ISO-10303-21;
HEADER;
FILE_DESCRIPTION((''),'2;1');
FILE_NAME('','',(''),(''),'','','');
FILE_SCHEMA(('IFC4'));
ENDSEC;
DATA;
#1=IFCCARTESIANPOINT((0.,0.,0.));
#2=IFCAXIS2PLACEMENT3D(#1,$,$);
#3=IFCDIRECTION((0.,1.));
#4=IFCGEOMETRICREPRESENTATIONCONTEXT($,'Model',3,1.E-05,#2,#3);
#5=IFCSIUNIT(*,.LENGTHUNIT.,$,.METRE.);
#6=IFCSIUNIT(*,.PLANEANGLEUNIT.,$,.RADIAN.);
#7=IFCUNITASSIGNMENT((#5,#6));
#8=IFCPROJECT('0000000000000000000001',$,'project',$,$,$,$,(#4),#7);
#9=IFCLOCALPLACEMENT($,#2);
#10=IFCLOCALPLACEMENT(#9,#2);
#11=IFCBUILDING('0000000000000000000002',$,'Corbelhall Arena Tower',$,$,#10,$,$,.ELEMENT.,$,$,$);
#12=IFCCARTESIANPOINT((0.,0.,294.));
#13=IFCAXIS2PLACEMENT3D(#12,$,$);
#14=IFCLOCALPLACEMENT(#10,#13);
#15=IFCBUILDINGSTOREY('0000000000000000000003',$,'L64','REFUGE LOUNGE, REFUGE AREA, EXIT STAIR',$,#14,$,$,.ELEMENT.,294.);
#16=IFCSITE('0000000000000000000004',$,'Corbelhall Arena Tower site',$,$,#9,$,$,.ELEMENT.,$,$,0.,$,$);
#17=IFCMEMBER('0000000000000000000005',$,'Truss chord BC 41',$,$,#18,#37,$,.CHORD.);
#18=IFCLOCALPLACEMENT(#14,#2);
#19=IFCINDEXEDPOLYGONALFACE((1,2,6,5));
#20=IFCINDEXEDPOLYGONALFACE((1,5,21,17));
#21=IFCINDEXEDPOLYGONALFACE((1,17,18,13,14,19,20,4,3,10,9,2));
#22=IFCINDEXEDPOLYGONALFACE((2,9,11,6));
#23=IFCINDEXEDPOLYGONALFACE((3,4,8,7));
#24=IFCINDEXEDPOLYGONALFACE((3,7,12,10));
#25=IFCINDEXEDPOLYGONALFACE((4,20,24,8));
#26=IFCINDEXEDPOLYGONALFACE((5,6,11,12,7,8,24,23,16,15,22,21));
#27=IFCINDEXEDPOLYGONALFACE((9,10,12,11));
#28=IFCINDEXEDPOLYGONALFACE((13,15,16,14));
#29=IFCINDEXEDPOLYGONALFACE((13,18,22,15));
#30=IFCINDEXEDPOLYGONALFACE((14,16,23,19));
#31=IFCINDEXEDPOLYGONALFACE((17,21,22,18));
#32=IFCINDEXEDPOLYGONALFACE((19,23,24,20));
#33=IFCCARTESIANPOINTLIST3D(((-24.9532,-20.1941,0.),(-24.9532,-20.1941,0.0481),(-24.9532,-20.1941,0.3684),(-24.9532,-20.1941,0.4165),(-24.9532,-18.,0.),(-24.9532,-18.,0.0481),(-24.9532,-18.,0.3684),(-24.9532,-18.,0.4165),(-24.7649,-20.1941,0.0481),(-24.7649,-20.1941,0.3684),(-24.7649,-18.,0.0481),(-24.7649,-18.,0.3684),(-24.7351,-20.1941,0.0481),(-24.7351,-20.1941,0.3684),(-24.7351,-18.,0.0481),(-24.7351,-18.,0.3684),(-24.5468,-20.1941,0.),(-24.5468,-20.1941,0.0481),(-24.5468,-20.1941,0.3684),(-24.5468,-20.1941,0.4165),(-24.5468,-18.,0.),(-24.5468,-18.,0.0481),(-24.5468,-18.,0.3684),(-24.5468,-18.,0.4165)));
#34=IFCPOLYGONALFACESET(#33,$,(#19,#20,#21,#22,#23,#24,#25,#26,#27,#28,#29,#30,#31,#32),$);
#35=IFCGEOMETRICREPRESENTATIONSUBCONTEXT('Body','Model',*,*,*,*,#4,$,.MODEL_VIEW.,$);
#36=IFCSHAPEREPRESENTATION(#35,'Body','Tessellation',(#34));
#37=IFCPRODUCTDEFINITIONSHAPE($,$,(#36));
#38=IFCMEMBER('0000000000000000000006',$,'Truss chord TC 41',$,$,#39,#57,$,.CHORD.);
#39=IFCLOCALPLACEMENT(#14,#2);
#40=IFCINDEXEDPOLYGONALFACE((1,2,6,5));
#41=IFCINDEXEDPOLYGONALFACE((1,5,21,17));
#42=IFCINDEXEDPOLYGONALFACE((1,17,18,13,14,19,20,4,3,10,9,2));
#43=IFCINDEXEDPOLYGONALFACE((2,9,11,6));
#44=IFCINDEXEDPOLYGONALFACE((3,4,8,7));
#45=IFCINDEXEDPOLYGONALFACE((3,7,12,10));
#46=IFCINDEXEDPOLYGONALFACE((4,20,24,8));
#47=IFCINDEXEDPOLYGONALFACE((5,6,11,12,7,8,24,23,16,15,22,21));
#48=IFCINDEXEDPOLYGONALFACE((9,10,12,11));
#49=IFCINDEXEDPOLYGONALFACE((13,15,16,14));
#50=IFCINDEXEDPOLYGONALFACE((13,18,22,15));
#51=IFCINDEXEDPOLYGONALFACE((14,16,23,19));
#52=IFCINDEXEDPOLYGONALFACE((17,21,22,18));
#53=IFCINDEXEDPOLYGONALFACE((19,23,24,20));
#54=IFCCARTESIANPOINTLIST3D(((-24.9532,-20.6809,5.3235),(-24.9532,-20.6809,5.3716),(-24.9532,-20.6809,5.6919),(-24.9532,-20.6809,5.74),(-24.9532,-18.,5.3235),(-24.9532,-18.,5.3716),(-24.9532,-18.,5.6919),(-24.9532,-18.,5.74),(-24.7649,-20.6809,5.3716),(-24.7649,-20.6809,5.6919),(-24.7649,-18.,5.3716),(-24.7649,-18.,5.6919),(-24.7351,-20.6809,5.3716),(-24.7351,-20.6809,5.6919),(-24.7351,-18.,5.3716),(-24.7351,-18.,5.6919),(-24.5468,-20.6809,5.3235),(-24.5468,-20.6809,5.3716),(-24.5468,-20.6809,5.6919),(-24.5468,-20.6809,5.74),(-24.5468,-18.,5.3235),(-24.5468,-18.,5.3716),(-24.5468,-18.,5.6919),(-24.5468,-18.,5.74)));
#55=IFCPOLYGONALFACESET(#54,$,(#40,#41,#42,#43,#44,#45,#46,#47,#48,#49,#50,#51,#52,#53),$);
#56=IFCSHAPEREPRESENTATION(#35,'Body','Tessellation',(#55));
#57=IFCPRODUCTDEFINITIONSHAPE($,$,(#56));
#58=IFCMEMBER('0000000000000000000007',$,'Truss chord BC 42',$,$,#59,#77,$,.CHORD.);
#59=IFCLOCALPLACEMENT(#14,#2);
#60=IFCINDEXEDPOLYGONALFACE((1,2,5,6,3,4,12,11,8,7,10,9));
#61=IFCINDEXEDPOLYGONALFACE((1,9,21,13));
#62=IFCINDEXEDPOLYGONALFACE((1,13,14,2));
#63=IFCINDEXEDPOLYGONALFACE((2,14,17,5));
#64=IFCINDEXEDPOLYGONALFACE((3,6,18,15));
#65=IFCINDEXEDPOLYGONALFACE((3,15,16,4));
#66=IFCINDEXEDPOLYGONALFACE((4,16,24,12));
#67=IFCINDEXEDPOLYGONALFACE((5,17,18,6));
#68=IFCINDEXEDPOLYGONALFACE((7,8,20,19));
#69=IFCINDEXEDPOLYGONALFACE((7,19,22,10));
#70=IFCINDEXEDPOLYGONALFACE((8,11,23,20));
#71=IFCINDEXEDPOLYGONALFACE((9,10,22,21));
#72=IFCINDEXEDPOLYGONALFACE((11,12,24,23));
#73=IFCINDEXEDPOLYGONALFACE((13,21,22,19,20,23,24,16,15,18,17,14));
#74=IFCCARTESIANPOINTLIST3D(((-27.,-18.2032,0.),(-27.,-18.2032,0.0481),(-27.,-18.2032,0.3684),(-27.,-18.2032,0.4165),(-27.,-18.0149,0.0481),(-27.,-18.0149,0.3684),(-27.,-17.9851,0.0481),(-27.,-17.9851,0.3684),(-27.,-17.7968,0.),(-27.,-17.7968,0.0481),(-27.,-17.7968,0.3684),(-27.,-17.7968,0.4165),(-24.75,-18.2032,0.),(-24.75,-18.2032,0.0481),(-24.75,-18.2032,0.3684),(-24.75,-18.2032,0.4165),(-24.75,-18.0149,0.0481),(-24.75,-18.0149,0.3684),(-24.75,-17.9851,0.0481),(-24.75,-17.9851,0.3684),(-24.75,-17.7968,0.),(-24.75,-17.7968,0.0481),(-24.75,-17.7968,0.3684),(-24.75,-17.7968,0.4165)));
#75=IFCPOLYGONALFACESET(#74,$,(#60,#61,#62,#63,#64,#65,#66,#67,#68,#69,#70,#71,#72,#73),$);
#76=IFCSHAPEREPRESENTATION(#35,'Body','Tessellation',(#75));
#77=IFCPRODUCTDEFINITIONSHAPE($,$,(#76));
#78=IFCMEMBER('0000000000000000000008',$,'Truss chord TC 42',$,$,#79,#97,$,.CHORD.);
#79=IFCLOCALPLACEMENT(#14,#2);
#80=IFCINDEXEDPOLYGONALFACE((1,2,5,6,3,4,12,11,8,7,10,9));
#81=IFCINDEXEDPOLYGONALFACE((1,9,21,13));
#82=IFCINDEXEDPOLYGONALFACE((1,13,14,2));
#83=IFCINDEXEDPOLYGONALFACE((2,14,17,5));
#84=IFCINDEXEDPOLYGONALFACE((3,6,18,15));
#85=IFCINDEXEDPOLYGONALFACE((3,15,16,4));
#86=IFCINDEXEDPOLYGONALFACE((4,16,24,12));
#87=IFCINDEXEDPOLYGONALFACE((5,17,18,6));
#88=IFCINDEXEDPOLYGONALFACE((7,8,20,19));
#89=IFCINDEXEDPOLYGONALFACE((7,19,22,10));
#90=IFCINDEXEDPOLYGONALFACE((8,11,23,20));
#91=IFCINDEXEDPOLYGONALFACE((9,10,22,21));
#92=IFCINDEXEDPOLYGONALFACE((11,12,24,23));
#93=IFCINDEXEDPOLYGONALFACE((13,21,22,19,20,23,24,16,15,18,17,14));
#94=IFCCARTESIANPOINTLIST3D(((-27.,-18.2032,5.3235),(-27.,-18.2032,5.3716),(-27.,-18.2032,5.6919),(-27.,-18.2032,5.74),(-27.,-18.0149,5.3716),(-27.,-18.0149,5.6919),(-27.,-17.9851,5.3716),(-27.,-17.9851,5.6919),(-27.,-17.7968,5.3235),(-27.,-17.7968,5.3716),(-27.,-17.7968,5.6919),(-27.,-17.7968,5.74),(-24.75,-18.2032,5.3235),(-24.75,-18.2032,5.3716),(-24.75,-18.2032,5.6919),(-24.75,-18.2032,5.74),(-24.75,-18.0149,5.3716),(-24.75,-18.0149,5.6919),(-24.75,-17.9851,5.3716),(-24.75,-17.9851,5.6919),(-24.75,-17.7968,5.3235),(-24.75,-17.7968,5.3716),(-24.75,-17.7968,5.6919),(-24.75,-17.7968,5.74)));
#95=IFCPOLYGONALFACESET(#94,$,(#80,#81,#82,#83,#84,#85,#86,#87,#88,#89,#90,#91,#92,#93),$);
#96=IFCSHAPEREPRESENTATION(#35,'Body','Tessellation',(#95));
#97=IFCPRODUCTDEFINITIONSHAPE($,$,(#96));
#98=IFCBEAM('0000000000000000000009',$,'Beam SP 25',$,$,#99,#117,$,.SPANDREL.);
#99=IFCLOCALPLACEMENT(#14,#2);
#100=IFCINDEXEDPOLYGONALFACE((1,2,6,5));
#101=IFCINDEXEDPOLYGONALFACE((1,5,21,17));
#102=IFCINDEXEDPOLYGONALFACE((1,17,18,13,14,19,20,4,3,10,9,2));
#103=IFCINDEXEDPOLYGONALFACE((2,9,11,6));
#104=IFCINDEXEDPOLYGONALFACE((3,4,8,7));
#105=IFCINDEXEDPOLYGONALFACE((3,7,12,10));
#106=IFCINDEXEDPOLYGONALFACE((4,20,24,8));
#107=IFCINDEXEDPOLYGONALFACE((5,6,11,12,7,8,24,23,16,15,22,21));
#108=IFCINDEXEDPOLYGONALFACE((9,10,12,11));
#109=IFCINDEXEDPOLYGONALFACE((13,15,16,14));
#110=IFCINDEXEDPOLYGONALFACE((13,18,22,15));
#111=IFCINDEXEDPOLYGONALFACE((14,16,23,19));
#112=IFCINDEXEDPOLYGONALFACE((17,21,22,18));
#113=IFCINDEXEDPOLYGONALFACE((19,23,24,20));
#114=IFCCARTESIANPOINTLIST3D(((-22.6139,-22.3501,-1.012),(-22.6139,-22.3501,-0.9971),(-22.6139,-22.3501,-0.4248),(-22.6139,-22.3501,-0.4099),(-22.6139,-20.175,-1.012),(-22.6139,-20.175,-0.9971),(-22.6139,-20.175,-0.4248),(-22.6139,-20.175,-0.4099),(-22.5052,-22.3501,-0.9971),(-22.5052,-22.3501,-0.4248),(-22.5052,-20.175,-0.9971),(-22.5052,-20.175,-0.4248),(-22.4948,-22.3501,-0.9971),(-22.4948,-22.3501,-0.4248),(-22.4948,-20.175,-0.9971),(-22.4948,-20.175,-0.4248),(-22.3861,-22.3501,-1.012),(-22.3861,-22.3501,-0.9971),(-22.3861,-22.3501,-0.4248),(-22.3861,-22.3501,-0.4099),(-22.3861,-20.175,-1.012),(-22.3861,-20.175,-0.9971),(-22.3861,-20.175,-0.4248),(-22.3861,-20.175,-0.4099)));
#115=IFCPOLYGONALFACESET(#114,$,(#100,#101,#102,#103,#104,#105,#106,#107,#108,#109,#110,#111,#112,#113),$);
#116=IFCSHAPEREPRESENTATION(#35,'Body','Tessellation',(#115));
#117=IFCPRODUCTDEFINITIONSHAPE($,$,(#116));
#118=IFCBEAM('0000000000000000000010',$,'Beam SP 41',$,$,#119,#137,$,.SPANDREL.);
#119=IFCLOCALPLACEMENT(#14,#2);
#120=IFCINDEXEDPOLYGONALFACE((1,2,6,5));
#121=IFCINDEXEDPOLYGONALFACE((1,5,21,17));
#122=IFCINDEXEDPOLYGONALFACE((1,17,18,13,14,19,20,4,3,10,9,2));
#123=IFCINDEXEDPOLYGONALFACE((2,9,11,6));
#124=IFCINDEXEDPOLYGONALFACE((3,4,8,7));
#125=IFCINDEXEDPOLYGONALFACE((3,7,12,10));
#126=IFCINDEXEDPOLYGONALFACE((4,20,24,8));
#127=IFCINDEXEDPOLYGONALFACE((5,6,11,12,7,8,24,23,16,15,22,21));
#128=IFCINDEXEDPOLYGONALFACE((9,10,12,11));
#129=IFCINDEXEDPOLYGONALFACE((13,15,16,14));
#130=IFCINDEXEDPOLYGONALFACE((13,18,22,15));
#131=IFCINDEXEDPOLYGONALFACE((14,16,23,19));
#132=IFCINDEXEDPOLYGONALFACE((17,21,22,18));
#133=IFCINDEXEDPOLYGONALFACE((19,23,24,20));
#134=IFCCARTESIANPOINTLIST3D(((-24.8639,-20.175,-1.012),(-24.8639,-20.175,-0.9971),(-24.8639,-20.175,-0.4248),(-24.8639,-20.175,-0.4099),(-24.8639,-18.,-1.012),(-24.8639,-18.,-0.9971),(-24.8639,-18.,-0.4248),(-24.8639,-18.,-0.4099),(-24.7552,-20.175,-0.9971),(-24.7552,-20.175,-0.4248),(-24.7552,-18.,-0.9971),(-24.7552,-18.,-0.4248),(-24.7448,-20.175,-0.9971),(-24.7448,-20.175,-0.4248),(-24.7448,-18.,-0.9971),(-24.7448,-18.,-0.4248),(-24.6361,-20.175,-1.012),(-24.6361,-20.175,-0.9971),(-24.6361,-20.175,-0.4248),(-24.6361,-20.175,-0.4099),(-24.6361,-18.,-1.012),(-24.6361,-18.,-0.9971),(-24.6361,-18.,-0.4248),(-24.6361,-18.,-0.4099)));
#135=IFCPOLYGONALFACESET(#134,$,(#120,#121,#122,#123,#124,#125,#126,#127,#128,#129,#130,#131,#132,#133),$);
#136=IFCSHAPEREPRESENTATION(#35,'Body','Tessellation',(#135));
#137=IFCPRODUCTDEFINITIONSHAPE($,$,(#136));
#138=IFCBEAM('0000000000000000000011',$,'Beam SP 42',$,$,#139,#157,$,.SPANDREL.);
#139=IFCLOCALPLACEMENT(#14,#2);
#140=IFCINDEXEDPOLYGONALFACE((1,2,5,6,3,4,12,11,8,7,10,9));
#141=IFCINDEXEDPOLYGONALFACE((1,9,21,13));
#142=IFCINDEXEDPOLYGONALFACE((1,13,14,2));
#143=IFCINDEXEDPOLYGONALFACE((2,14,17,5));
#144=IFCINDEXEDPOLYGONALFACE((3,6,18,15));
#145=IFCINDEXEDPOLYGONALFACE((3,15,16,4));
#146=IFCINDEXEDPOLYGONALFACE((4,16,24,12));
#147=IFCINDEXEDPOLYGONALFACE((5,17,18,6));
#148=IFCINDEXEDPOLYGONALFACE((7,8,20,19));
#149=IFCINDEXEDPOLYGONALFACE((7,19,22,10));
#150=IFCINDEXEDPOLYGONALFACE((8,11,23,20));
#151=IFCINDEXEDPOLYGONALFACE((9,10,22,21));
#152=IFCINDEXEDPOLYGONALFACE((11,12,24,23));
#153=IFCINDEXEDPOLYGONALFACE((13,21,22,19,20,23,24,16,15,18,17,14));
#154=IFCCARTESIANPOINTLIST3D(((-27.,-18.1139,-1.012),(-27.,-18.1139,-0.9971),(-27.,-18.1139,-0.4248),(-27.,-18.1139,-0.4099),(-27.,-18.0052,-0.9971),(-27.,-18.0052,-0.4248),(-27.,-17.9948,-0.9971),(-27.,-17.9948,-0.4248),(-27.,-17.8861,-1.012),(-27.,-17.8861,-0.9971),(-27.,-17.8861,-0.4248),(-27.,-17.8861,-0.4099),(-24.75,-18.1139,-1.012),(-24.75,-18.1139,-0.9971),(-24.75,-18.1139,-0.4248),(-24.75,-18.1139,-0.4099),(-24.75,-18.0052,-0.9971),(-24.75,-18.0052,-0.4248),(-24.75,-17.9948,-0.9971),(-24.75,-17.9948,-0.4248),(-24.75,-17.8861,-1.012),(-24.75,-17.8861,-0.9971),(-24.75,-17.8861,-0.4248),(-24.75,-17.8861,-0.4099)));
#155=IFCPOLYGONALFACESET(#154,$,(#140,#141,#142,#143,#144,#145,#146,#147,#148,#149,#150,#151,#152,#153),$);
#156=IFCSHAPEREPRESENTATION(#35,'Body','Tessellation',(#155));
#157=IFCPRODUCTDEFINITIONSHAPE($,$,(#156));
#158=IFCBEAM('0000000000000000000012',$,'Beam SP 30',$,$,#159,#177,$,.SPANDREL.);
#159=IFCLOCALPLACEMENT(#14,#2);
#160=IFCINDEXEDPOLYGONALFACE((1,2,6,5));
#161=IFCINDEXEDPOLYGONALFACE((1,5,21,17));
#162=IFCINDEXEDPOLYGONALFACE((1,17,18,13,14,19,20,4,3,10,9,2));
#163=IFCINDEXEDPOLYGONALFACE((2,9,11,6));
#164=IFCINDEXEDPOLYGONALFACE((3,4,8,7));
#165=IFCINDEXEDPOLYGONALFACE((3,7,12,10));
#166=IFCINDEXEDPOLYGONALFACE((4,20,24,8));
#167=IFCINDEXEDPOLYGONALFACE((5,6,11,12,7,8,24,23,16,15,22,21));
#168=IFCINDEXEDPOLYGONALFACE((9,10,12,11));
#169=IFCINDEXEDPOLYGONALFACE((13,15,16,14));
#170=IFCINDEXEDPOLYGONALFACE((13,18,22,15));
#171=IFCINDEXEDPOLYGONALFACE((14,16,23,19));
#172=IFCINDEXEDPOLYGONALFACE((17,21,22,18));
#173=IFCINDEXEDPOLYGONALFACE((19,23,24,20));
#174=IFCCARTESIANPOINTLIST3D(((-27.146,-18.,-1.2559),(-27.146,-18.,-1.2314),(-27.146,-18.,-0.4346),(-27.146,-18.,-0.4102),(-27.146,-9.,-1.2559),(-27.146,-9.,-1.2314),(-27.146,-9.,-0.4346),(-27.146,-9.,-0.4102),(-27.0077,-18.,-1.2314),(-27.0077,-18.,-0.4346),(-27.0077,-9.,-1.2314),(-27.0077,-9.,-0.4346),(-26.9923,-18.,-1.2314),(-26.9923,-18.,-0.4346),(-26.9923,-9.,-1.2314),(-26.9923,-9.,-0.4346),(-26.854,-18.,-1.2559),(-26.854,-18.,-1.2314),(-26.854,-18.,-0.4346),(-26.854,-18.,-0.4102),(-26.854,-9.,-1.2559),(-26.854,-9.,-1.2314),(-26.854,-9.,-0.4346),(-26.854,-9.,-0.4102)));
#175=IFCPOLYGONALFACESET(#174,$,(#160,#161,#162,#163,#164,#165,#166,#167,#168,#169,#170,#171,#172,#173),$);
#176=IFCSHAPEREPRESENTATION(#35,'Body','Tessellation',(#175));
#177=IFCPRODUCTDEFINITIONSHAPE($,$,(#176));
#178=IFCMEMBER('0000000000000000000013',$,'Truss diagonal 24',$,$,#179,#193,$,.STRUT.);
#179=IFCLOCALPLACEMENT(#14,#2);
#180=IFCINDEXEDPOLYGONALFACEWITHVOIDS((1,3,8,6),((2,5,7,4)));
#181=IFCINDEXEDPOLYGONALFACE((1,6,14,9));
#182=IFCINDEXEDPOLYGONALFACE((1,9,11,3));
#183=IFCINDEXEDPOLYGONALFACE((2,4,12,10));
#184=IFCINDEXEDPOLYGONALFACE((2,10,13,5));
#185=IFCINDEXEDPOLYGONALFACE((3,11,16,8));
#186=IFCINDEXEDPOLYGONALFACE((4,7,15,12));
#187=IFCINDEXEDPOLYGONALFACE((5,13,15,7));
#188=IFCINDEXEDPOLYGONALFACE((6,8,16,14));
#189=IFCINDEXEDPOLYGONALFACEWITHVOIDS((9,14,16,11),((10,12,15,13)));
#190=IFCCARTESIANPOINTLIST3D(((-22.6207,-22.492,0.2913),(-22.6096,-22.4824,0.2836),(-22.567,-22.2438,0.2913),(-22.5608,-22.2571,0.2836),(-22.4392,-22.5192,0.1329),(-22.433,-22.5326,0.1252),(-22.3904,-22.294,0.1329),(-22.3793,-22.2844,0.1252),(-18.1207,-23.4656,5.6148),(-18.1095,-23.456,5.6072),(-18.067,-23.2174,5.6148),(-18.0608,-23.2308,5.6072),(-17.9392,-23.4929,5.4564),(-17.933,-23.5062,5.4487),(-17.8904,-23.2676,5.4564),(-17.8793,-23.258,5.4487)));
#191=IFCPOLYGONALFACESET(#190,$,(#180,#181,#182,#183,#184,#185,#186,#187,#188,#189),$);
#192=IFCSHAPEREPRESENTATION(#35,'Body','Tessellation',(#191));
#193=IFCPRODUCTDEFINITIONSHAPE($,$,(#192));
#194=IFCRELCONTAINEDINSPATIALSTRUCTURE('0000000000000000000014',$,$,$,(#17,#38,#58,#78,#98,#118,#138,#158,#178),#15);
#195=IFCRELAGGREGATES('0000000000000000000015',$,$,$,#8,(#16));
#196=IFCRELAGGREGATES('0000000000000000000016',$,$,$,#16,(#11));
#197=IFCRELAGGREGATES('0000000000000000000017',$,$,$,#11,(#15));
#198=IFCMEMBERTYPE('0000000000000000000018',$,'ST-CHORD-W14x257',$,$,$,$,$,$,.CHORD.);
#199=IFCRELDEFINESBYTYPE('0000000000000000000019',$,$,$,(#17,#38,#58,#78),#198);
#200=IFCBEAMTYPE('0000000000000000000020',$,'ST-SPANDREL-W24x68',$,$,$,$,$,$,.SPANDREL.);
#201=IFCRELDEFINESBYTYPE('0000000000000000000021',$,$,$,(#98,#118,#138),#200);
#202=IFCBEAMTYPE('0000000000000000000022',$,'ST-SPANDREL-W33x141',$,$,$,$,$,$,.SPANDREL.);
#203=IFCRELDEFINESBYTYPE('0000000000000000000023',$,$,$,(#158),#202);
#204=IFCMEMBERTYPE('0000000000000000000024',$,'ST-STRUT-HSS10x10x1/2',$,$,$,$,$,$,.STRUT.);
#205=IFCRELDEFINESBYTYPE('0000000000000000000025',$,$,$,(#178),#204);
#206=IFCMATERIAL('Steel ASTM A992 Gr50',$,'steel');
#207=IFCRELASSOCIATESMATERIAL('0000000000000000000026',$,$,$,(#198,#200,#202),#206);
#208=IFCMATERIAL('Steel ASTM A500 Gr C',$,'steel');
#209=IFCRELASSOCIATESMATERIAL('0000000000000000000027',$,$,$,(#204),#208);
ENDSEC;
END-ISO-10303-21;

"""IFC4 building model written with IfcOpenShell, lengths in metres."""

from ifc_helpers import new_model, si_unit, direction, frame, origin, origin_2d, place, context, subcontext, project, spatial, hollow_rectangle, i_section, extrude, material, material_profile, profile_set, type_object, element, save


model = new_model("IFC4")

# Units and contexts
model_context = context("Model", 3, precision=1e-05, world=origin(), true_north=direction((0.0, 1.0)))
body_context = subcontext(model_context, "Body", "Model", "MODEL_VIEW")
ifc_project = project(units=[si_unit("LENGTHUNIT", "METRE"), si_unit("PLANEANGLEUNIT", "RADIAN")], contexts=[model_context])

# Site, building, storey
site_placement = place(None, origin())
site = spatial("IfcSite", under=ifc_project, at=site_placement, Name="Corbelhall Arena Tower site", CompositionType="ELEMENT", RefElevation=0.0)
building_placement = place(site_placement, origin())
building = spatial("IfcBuilding", under=site, at=building_placement, Name="Corbelhall Arena Tower", CompositionType="ELEMENT")
storey_placement = place(building_placement, frame((0.0, 0.0, 294.0)))
storey = spatial("IfcBuildingStorey", under=building, at=storey_placement, Name="L64", Description="REFUGE LOUNGE, REFUGE AREA, EXIT STAIR", CompositionType="ELEMENT", Elevation=294.0)

# Members
ifc_material_1 = material(Name="Steel ASTM A992 Gr50", Category="steel")
ifc_material_profile_1 = material_profile(ifc_material_1, i_section(OverallWidth=0.4065, OverallDepth=0.4165, WebThickness=0.0298, FlangeThickness=0.0481, at=origin_2d()))
ifc_profile_set_1 = profile_set([ifc_material_profile_1], Name="Steel ASTM A992 Gr50")
member_type_1 = type_object("IfcMemberType", Name="ST-CHORD-W14x257", PredefinedType="CHORD", material=ifc_profile_set_1)
member_1_placement = place(storey_placement, frame((-24.75, -20.1941, 0.2083), z_axis=(0.0, 1.0, 0.0), x_axis=(-1.0, 0.0, 0.0)))
element("IfcMember", 1, at=member_1_placement, inside=storey, type_object=member_type_1, Name="Truss chord BC 41", PredefinedType="CHORD", context=body_context, shape_type="SweptSolid", body=[
    extrude(i_section(OverallWidth=0.4065, OverallDepth=0.4165, WebThickness=0.0298, FlangeThickness=0.0481, at=origin_2d()), origin(), (0.0, 0.0, 1.0), 2.1941),
])
member_2_placement = place(storey_placement, frame((-24.75, -20.6809, 5.5317), z_axis=(0.0, 1.0, 0.0), x_axis=(-1.0, 0.0, 0.0)))
element("IfcMember", 2, at=member_2_placement, inside=storey, type_object=member_type_1, Name="Truss chord TC 41", PredefinedType="CHORD", context=body_context, shape_type="SweptSolid", body=[
    extrude(i_section(OverallWidth=0.4065, OverallDepth=0.4165, WebThickness=0.0298, FlangeThickness=0.0481, at=origin_2d()), origin(), (0.0, 0.0, 1.0), 2.6809),
])
for number, where, z_axis, x_axis, name in (
    (3, (-24.75, -18.0, 0.2083), (-1.0, 0.0, 0.0), (0.0, -1.0, 0.0), "Truss chord BC 42"),
    (4, (-24.75, -18.0, 5.5317), (-1.0, 0.0, 0.0), (0.0, -1.0, 0.0), "Truss chord TC 42"),
):
    element("IfcMember", number, at=place(storey_placement, frame(where, z_axis=z_axis, x_axis=x_axis)), inside=storey, type_object=member_type_1, Name=name, PredefinedType="CHORD", context=body_context, shape_type="SweptSolid", body=[
        extrude(i_section(OverallWidth=0.4065, OverallDepth=0.4165, WebThickness=0.0298, FlangeThickness=0.0481, at=origin_2d()), origin(), (0.0, 0.0, 1.0), 2.25),
    ])

# Beams
ifc_material_profile_2 = material_profile(ifc_material_1, i_section(OverallWidth=0.2278, OverallDepth=0.6021, WebThickness=0.0105, FlangeThickness=0.0149, at=origin_2d()))
ifc_profile_set_2 = profile_set([ifc_material_profile_2], Name="Steel ASTM A992 Gr50")
beam_type_1 = type_object("IfcBeamType", Name="ST-SPANDREL-W24x68", PredefinedType="SPANDREL", material=ifc_profile_set_2)
for number, where, z_axis, x_axis, name in (
    (5, (-22.5, -22.3501, -0.7109), (0.0, 1.0, 0.0), (-1.0, 0.0, 0.0), "Beam SP 25"),
    (6, (-24.75, -20.175, -0.7109), (0.0, 1.0, 0.0), (-1.0, 0.0, 0.0), "Beam SP 41"),
):
    element("IfcBeam", number, at=place(storey_placement, frame(where, z_axis=z_axis, x_axis=x_axis)), inside=storey, type_object=beam_type_1, Name=name, PredefinedType="SPANDREL", context=body_context, shape_type="SweptSolid", body=[
        extrude(i_section(OverallWidth=0.2278, OverallDepth=0.6021, WebThickness=0.0105, FlangeThickness=0.0149, at=origin_2d()), origin(), (0.0, 0.0, 1.0), 2.175),
    ])
beam_1_placement = place(storey_placement, frame((-24.75, -18.0, -0.7109), z_axis=(-1.0, 0.0, 0.0), x_axis=(0.0, -1.0, 0.0)))
element("IfcBeam", 7, at=beam_1_placement, inside=storey, type_object=beam_type_1, Name="Beam SP 42", PredefinedType="SPANDREL", context=body_context, shape_type="SweptSolid", body=[
    extrude(i_section(OverallWidth=0.2278, OverallDepth=0.6021, WebThickness=0.0105, FlangeThickness=0.0149, at=origin_2d()), origin(), (0.0, 0.0, 1.0), 2.25),
])
ifc_material_profile_3 = material_profile(ifc_material_1, i_section(OverallWidth=0.292, OverallDepth=0.8457, WebThickness=0.0154, FlangeThickness=0.0244, at=origin_2d()))
ifc_profile_set_3 = profile_set([ifc_material_profile_3], Name="Steel ASTM A992 Gr50")
beam_type_2 = type_object("IfcBeamType", Name="ST-SPANDREL-W33x141", PredefinedType="SPANDREL", material=ifc_profile_set_3)
beam_2_placement = place(storey_placement, frame((-27.0, -18.0, -0.833), z_axis=(0.0, 1.0, 0.0), x_axis=(-1.0, 0.0, 0.0)))
element("IfcBeam", 8, at=beam_2_placement, inside=storey, type_object=beam_type_2, Name="Beam SP 30", PredefinedType="SPANDREL", context=body_context, shape_type="SweptSolid", body=[
    extrude(i_section(OverallWidth=0.292, OverallDepth=0.8457, WebThickness=0.0154, FlangeThickness=0.0244, at=origin_2d()), origin(), (0.0, 0.0, 1.0), 9.0),
])

# Member
ifc_material_2 = material(Name="Steel ASTM A500 Gr C", Category="steel")
ifc_material_profile_4 = material_profile(ifc_material_2, hollow_rectangle(XDim=0.2539, YDim=0.2539, WallThickness=0.0117, at=origin_2d()))
ifc_profile_set_4 = profile_set([ifc_material_profile_4], Name="Steel ASTM A500 Gr C")
member_type_2 = type_object("IfcMemberType", Name="ST-STRUT-HSS10x10x1/2", PredefinedType="STRUT", material=ifc_profile_set_4)
member_3_placement = place(storey_placement, frame((-22.5, -22.3882, 0.2083), z_axis=(0.63936, -0.138334, 0.756361), x_axis=(0.21147, 0.977385, 0.0)))
element("IfcMember", 9, at=member_3_placement, inside=storey, type_object=member_type_2, Name="Truss diagonal 24", PredefinedType="STRUT", context=body_context, shape_type="SweptSolid", body=[
    extrude(hollow_rectangle(XDim=0.2539, YDim=0.2539, WallThickness=0.0117, at=origin_2d()), origin(), (0.0, 0.0, 1.0), 7.0383),
])

save(model, "model.ifc")
